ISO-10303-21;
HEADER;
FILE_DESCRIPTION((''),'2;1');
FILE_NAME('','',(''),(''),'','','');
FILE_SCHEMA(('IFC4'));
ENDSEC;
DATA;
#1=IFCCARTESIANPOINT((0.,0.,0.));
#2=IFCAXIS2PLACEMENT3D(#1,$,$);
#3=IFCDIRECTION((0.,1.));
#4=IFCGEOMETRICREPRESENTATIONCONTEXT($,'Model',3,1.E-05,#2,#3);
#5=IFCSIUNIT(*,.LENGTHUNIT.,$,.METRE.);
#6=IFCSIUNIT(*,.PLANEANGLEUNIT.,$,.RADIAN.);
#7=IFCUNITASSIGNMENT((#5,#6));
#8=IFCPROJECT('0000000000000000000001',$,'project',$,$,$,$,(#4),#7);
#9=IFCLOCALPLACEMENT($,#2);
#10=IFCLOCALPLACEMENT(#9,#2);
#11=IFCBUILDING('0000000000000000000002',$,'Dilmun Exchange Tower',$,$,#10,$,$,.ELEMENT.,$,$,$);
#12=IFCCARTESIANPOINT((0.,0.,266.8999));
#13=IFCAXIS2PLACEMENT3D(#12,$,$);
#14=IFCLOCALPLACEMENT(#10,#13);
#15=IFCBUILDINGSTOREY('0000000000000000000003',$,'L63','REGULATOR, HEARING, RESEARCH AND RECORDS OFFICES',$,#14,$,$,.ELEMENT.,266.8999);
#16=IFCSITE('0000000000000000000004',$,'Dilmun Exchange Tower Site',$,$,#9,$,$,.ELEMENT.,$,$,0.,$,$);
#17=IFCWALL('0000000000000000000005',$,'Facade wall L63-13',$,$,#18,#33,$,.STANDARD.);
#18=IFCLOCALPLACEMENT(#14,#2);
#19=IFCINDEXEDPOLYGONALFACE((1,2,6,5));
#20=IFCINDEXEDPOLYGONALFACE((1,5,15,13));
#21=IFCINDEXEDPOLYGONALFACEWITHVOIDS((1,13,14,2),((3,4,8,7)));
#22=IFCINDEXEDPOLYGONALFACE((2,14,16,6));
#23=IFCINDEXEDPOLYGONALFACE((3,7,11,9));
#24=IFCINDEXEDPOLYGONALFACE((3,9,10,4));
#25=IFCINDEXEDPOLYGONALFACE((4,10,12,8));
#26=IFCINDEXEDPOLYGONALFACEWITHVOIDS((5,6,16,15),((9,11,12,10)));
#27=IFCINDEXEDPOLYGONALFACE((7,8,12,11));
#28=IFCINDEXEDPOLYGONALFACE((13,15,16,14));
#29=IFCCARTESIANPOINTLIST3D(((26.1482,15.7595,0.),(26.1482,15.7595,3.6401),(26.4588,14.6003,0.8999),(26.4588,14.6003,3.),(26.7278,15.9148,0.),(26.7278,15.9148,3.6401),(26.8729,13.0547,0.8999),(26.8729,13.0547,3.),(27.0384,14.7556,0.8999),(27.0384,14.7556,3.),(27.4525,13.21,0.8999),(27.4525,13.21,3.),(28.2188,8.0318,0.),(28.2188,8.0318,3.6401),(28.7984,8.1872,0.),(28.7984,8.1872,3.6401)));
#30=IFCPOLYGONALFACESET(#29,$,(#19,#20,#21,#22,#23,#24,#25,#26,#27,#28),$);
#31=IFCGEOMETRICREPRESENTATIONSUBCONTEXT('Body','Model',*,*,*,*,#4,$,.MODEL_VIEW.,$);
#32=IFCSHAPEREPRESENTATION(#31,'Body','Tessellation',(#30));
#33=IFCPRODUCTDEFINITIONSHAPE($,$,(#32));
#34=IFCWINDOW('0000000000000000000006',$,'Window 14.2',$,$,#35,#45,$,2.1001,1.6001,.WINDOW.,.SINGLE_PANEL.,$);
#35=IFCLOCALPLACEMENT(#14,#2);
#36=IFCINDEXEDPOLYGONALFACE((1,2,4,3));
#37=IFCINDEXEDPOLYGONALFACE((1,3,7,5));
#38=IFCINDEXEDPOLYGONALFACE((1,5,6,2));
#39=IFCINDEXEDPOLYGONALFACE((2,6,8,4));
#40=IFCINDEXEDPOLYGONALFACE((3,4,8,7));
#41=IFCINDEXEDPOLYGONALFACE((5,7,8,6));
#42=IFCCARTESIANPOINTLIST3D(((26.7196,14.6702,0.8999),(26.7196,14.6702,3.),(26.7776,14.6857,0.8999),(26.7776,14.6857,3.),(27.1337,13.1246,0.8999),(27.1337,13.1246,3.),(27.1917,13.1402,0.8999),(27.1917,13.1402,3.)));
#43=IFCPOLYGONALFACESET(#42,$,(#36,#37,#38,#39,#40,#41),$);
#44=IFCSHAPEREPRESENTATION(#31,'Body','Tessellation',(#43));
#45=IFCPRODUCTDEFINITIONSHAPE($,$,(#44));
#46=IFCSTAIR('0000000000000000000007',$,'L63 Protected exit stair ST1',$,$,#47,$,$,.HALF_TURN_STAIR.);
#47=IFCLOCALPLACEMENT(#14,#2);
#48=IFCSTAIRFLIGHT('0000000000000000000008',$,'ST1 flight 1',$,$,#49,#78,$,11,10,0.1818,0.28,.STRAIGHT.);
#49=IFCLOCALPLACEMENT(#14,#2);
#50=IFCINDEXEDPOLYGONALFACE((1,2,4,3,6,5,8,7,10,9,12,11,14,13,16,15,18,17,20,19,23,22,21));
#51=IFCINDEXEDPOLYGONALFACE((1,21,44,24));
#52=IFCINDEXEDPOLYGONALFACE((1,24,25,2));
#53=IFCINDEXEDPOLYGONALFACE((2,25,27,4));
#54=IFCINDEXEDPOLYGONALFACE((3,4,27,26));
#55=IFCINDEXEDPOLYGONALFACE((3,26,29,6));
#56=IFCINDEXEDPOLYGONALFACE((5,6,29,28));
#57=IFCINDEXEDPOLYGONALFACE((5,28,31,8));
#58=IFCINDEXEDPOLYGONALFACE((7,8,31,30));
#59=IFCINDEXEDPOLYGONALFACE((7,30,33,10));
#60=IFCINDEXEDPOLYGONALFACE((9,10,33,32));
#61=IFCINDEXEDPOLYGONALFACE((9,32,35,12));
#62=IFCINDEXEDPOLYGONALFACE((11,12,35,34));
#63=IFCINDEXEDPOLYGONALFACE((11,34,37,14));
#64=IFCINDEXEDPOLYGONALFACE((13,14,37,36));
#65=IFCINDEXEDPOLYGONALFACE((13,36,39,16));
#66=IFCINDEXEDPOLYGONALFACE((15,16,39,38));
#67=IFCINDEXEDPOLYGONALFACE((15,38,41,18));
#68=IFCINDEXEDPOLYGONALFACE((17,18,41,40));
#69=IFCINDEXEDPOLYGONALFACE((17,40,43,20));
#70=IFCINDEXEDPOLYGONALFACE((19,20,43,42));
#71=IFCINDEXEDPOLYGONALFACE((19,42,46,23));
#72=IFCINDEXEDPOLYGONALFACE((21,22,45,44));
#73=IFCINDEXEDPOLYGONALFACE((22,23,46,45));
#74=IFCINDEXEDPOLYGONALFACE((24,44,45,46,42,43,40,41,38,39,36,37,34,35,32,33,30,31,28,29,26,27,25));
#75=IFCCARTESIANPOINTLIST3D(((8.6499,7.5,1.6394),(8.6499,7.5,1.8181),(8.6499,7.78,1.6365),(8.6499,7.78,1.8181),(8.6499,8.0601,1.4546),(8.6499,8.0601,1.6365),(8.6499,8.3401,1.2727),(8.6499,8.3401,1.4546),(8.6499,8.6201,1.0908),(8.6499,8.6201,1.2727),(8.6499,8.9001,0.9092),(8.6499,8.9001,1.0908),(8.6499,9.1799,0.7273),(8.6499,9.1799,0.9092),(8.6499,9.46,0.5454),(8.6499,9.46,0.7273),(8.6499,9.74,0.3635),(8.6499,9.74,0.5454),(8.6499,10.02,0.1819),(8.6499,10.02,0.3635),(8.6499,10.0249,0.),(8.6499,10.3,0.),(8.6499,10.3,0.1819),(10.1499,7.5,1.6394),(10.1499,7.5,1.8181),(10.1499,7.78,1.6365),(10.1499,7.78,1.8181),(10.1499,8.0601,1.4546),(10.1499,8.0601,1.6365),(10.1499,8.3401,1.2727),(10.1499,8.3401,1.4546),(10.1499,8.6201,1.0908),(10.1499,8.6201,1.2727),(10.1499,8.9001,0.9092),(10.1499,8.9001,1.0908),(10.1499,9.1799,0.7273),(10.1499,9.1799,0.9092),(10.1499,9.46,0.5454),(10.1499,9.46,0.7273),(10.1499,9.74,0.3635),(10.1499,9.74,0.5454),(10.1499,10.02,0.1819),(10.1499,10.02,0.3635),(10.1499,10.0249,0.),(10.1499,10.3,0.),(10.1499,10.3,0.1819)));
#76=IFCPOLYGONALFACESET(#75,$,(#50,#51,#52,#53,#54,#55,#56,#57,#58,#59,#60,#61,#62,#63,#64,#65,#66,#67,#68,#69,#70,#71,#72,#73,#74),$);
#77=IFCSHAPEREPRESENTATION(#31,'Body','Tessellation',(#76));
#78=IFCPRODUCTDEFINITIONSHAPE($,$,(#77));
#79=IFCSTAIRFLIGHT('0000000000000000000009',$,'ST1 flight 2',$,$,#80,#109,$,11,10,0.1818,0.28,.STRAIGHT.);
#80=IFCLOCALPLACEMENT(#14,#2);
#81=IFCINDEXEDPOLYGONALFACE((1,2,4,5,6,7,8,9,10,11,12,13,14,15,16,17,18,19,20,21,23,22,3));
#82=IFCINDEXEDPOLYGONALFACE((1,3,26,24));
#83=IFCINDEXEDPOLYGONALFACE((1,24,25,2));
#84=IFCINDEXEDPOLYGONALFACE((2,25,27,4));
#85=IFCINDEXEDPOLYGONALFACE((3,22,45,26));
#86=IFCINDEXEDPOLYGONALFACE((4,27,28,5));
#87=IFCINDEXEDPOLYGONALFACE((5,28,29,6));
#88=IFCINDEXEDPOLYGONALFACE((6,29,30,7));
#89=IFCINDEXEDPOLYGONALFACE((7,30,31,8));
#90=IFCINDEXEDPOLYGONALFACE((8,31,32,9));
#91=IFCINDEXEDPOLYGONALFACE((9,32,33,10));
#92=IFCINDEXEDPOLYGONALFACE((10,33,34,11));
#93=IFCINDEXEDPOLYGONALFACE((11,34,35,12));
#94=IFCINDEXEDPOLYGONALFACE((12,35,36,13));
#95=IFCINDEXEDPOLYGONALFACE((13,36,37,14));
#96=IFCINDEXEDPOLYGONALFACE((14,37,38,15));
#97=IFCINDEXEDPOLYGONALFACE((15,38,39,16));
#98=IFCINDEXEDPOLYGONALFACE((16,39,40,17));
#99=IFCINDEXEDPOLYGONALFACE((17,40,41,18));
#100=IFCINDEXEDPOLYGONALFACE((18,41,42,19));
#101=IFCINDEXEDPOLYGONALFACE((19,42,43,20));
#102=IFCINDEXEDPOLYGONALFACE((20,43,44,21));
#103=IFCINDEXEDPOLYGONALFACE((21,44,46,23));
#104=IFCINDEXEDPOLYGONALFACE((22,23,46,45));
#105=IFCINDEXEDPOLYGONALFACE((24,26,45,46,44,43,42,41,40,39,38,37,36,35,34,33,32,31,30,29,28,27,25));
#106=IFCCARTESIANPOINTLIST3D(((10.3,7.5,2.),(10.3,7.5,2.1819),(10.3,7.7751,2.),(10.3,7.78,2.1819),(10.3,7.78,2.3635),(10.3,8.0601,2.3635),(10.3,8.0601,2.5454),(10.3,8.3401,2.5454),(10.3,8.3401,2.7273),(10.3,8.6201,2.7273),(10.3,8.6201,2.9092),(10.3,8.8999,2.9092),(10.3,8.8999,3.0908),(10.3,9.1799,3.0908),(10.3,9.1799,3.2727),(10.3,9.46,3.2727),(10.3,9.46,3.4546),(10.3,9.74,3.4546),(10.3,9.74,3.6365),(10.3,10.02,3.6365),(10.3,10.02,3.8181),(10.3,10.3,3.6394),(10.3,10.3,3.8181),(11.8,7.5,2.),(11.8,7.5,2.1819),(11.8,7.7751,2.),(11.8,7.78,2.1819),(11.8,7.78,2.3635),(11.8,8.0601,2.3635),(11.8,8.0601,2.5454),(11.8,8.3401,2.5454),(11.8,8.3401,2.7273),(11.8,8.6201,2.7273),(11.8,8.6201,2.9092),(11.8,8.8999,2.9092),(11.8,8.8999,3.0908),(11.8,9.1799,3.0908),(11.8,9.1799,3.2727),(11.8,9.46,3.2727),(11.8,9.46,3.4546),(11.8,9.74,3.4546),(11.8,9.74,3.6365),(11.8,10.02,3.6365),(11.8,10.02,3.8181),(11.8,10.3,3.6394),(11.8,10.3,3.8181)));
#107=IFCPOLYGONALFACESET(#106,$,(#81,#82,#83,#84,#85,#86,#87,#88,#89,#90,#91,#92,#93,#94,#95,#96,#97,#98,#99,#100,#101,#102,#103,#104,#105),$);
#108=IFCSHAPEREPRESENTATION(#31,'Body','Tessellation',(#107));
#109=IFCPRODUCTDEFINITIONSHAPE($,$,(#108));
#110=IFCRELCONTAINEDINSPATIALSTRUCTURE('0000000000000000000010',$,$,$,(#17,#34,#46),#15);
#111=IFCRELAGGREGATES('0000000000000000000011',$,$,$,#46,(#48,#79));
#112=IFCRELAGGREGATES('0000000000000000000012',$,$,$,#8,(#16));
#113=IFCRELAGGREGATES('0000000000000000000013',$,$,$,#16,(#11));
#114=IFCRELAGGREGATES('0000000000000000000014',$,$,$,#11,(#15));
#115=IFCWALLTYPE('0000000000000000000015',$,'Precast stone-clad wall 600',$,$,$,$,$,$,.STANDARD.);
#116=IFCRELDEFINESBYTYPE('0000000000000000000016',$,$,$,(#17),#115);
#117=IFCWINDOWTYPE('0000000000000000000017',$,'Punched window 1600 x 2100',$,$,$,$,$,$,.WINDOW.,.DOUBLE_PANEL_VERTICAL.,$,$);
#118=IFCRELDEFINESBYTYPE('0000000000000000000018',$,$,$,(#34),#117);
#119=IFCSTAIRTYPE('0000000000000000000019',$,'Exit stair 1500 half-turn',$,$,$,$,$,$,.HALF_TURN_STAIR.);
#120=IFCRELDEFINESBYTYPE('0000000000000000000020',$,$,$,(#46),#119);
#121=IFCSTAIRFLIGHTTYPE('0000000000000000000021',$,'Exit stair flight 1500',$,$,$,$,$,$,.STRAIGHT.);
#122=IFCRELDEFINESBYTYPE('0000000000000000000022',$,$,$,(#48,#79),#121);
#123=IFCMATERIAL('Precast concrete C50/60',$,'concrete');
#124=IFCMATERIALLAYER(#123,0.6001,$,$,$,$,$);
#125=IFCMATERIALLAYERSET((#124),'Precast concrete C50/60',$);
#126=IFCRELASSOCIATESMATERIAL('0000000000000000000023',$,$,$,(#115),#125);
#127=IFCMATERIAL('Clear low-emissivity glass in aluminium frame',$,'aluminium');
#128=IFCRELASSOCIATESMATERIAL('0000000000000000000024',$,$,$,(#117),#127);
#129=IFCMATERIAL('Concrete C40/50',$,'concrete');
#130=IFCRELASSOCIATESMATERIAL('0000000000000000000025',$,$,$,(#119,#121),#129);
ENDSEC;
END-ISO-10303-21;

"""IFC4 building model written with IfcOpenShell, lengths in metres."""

from ifc_helpers import new_model, si_unit, direction, frame, frame_2d, origin, place, context, subcontext, project, spatial, polyline, rectangle, outline, extrude, material, layer, layer_set, type_object, element, fill, aggregate, save


model = new_model("IFC4")

# Units and contexts
model_context = context("Model", 3, precision=1e-05, world=origin(), true_north=direction((0.0, 1.0)))
body_context = subcontext(model_context, "Body", "Model", "MODEL_VIEW")
ifc_project = project(units=[si_unit("LENGTHUNIT", "METRE"), si_unit("PLANEANGLEUNIT", "RADIAN")], contexts=[model_context])

# Site, building, storey
site_placement = place(None, origin())
site = spatial("IfcSite", under=ifc_project, at=site_placement, Name="Dilmun Exchange Tower Site", CompositionType="ELEMENT", RefElevation=0.0)
building_placement = place(site_placement, origin())
building = spatial("IfcBuilding", under=site, at=building_placement, Name="Dilmun Exchange Tower", CompositionType="ELEMENT")
storey_placement = place(building_placement, frame((0.0, 0.0, 266.8999)))
storey = spatial("IfcBuildingStorey", under=building, at=storey_placement, Name="L63", Description="REGULATOR, HEARING, RESEARCH AND RECORDS OFFICES", CompositionType="ELEMENT", Elevation=266.8999)

# Shared definitions
ifc_material_1 = material(Name="Concrete C40/50", Category="concrete")

# Wall, opening, window
ifc_material_2 = material(Name="Precast concrete C50/60", Category="concrete")
ifc_layer_1 = layer(ifc_material_2, 0.6001)
ifc_layer_set_1 = layer_set([ifc_layer_1], Name="Precast concrete C50/60")
wall_type_1 = type_object("IfcWallType", Name="Precast stone-clad wall 600", PredefinedType="STANDARD", material=ifc_layer_set_1)
ifc_material_3 = material(Name="Clear low-emissivity glass in aluminium frame", Category="aluminium")
window_type = type_object("IfcWindowType", Name="Punched window 1600 x 2100", PartitioningType="DOUBLE_PANEL_VERTICAL", PredefinedType="WINDOW", material=ifc_material_3)
wall_1_placement = place(storey_placement, frame((28.5085, 8.1096, 0.0), z_axis=(0.0, 0.0, 1.0), x_axis=(-0.258815, 0.965927, 0.0)))
wall_1 = element("IfcWall", 1, at=wall_1_placement, inside=storey, type_object=wall_type_1, Name="Facade wall L63-13", PredefinedType="STANDARD", context=body_context, shape_type="SweptSolid", body=[
    extrude(rectangle(XDim=8.0002, YDim=0.6001, at=frame_2d((4.0, 0.0))), origin(), (0.0, 0.0, 1.0), 3.6401),
])
opening_1_placement = place(wall_1_placement, frame((5.2, 0.0, 0.8999)))
opening_1 = element("IfcOpeningElement", 2, at=opening_1_placement, cuts=wall_1, PredefinedType="OPENING", context=body_context, shape_type="SweptSolid", body=[
    extrude(rectangle(XDim=1.6001, YDim=2.1001, at=frame_2d((0.8, 1.05))), frame((0.0, 0.3101, 0.0), z_axis=(0.0, -1.0, 0.0), x_axis=(1.0, 0.0, 0.0)), (0.0, 0.0, 1.0), 0.6201),
])
window_1_placement = place(opening_1_placement, origin())
window_1 = element("IfcWindow", 3, at=window_1_placement, inside=storey, type_object=window_type, Name="Window 14.2", OverallHeight=2.1001, OverallWidth=1.6001, PartitioningType="SINGLE_PANEL", PredefinedType="WINDOW", context=body_context, shape_type="SweptSolid", body=[
    extrude(rectangle(XDim=1.6001, YDim=2.1001, at=frame_2d((0.8, 1.05))), frame((0.0, 0.03, 0.0), z_axis=(0.0, -1.0, 0.0), x_axis=(1.0, 0.0, 0.0)), (0.0, 0.0, 1.0), 0.0601),
])
fill(opening_1, window_1)

# Stair, stair flights
stair_type = type_object("IfcStairType", Name="Exit stair 1500 half-turn", PredefinedType="HALF_TURN_STAIR", material=ifc_material_1)
stair_placement = place(storey_placement, origin())
stair = element("IfcStair", 4, at=stair_placement, inside=storey, type_object=stair_type, Name="L63 Protected exit stair ST1", PredefinedType="HALF_TURN_STAIR")
stair_flight_type = type_object("IfcStairFlightType", Name="Exit stair flight 1500", PredefinedType="STRAIGHT", material=ifc_material_1)
stair_flight_1_placement = place(storey_placement, frame((9.3999, 10.3, 0.0), z_axis=(0.0, 0.0, 1.0), x_axis=(0.0, -1.0, 0.0)))
stair_flight_1 = element("IfcStairFlight", 5, at=stair_flight_1_placement, type_object=stair_flight_type, Name="ST1 flight 1", NumberOfRisers=11, NumberOfTreads=10, PredefinedType="STRAIGHT", RiserHeight=0.1818, TreadLength=0.28, context=body_context, shape_type="SweptSolid", body=[
    extrude(outline(polyline([(0.0, 0.0), (0.0, 0.1819), (0.28, 0.1819), (0.28, 0.3635), (0.5601, 0.3635), (0.5601, 0.5454), (0.8401, 0.5454), (0.8401, 0.7273), (1.1201, 0.7273), (1.1201, 0.9092), (1.3999, 0.9092), (1.3999, 1.0908), (1.6799, 1.0908), (1.6799, 1.2727), (1.96, 1.2727), (1.96, 1.4546), (2.24, 1.4546), (2.24, 1.6365), (2.52, 1.6365), (2.52, 1.8181), (2.8, 1.8181), (2.8, 2.0), (2.8, 1.6394), (0.2751, 0.0), (0.0, 0.0)])), frame((0.0, 0.75, 0.0), z_axis=(0.0, -1.0, 0.0), x_axis=(1.0, 0.0, 0.0)), (0.0, 0.0, 1.0), 1.5),
])
stair_flight_2_placement = place(storey_placement, frame((11.05, 7.5, 2.0), z_axis=(0.0, 0.0, 1.0), x_axis=(0.0, 1.0, 0.0)))
stair_flight_2 = element("IfcStairFlight", 6, at=stair_flight_2_placement, type_object=stair_flight_type, Name="ST1 flight 2", NumberOfRisers=11, NumberOfTreads=10, PredefinedType="STRAIGHT", RiserHeight=0.1818, TreadLength=0.28, context=body_context, shape_type="SweptSolid", body=[
    extrude(outline(polyline([(0.0, 0.0), (0.0, 0.1819), (0.28, 0.1819), (0.28, 0.3635), (0.5601, 0.3635), (0.5601, 0.5454), (0.8401, 0.5454), (0.8401, 0.7273), (1.1201, 0.7273), (1.1201, 0.9092), (1.3999, 0.9092), (1.3999, 1.0908), (1.6799, 1.0908), (1.6799, 1.2727), (1.96, 1.2727), (1.96, 1.4546), (2.24, 1.4546), (2.24, 1.6365), (2.52, 1.6365), (2.52, 1.8181), (2.8, 1.8181), (2.8, 2.0), (2.8, 1.6394), (0.2751, 0.0), (0.0, 0.0)])), frame((0.0, 0.75, 0.0), z_axis=(0.0, -1.0, 0.0), x_axis=(1.0, 0.0, 0.0)), (0.0, 0.0, 1.0), 1.5),
])
aggregate(stair, [stair_flight_1, stair_flight_2])

save(model, "model.ifc")
